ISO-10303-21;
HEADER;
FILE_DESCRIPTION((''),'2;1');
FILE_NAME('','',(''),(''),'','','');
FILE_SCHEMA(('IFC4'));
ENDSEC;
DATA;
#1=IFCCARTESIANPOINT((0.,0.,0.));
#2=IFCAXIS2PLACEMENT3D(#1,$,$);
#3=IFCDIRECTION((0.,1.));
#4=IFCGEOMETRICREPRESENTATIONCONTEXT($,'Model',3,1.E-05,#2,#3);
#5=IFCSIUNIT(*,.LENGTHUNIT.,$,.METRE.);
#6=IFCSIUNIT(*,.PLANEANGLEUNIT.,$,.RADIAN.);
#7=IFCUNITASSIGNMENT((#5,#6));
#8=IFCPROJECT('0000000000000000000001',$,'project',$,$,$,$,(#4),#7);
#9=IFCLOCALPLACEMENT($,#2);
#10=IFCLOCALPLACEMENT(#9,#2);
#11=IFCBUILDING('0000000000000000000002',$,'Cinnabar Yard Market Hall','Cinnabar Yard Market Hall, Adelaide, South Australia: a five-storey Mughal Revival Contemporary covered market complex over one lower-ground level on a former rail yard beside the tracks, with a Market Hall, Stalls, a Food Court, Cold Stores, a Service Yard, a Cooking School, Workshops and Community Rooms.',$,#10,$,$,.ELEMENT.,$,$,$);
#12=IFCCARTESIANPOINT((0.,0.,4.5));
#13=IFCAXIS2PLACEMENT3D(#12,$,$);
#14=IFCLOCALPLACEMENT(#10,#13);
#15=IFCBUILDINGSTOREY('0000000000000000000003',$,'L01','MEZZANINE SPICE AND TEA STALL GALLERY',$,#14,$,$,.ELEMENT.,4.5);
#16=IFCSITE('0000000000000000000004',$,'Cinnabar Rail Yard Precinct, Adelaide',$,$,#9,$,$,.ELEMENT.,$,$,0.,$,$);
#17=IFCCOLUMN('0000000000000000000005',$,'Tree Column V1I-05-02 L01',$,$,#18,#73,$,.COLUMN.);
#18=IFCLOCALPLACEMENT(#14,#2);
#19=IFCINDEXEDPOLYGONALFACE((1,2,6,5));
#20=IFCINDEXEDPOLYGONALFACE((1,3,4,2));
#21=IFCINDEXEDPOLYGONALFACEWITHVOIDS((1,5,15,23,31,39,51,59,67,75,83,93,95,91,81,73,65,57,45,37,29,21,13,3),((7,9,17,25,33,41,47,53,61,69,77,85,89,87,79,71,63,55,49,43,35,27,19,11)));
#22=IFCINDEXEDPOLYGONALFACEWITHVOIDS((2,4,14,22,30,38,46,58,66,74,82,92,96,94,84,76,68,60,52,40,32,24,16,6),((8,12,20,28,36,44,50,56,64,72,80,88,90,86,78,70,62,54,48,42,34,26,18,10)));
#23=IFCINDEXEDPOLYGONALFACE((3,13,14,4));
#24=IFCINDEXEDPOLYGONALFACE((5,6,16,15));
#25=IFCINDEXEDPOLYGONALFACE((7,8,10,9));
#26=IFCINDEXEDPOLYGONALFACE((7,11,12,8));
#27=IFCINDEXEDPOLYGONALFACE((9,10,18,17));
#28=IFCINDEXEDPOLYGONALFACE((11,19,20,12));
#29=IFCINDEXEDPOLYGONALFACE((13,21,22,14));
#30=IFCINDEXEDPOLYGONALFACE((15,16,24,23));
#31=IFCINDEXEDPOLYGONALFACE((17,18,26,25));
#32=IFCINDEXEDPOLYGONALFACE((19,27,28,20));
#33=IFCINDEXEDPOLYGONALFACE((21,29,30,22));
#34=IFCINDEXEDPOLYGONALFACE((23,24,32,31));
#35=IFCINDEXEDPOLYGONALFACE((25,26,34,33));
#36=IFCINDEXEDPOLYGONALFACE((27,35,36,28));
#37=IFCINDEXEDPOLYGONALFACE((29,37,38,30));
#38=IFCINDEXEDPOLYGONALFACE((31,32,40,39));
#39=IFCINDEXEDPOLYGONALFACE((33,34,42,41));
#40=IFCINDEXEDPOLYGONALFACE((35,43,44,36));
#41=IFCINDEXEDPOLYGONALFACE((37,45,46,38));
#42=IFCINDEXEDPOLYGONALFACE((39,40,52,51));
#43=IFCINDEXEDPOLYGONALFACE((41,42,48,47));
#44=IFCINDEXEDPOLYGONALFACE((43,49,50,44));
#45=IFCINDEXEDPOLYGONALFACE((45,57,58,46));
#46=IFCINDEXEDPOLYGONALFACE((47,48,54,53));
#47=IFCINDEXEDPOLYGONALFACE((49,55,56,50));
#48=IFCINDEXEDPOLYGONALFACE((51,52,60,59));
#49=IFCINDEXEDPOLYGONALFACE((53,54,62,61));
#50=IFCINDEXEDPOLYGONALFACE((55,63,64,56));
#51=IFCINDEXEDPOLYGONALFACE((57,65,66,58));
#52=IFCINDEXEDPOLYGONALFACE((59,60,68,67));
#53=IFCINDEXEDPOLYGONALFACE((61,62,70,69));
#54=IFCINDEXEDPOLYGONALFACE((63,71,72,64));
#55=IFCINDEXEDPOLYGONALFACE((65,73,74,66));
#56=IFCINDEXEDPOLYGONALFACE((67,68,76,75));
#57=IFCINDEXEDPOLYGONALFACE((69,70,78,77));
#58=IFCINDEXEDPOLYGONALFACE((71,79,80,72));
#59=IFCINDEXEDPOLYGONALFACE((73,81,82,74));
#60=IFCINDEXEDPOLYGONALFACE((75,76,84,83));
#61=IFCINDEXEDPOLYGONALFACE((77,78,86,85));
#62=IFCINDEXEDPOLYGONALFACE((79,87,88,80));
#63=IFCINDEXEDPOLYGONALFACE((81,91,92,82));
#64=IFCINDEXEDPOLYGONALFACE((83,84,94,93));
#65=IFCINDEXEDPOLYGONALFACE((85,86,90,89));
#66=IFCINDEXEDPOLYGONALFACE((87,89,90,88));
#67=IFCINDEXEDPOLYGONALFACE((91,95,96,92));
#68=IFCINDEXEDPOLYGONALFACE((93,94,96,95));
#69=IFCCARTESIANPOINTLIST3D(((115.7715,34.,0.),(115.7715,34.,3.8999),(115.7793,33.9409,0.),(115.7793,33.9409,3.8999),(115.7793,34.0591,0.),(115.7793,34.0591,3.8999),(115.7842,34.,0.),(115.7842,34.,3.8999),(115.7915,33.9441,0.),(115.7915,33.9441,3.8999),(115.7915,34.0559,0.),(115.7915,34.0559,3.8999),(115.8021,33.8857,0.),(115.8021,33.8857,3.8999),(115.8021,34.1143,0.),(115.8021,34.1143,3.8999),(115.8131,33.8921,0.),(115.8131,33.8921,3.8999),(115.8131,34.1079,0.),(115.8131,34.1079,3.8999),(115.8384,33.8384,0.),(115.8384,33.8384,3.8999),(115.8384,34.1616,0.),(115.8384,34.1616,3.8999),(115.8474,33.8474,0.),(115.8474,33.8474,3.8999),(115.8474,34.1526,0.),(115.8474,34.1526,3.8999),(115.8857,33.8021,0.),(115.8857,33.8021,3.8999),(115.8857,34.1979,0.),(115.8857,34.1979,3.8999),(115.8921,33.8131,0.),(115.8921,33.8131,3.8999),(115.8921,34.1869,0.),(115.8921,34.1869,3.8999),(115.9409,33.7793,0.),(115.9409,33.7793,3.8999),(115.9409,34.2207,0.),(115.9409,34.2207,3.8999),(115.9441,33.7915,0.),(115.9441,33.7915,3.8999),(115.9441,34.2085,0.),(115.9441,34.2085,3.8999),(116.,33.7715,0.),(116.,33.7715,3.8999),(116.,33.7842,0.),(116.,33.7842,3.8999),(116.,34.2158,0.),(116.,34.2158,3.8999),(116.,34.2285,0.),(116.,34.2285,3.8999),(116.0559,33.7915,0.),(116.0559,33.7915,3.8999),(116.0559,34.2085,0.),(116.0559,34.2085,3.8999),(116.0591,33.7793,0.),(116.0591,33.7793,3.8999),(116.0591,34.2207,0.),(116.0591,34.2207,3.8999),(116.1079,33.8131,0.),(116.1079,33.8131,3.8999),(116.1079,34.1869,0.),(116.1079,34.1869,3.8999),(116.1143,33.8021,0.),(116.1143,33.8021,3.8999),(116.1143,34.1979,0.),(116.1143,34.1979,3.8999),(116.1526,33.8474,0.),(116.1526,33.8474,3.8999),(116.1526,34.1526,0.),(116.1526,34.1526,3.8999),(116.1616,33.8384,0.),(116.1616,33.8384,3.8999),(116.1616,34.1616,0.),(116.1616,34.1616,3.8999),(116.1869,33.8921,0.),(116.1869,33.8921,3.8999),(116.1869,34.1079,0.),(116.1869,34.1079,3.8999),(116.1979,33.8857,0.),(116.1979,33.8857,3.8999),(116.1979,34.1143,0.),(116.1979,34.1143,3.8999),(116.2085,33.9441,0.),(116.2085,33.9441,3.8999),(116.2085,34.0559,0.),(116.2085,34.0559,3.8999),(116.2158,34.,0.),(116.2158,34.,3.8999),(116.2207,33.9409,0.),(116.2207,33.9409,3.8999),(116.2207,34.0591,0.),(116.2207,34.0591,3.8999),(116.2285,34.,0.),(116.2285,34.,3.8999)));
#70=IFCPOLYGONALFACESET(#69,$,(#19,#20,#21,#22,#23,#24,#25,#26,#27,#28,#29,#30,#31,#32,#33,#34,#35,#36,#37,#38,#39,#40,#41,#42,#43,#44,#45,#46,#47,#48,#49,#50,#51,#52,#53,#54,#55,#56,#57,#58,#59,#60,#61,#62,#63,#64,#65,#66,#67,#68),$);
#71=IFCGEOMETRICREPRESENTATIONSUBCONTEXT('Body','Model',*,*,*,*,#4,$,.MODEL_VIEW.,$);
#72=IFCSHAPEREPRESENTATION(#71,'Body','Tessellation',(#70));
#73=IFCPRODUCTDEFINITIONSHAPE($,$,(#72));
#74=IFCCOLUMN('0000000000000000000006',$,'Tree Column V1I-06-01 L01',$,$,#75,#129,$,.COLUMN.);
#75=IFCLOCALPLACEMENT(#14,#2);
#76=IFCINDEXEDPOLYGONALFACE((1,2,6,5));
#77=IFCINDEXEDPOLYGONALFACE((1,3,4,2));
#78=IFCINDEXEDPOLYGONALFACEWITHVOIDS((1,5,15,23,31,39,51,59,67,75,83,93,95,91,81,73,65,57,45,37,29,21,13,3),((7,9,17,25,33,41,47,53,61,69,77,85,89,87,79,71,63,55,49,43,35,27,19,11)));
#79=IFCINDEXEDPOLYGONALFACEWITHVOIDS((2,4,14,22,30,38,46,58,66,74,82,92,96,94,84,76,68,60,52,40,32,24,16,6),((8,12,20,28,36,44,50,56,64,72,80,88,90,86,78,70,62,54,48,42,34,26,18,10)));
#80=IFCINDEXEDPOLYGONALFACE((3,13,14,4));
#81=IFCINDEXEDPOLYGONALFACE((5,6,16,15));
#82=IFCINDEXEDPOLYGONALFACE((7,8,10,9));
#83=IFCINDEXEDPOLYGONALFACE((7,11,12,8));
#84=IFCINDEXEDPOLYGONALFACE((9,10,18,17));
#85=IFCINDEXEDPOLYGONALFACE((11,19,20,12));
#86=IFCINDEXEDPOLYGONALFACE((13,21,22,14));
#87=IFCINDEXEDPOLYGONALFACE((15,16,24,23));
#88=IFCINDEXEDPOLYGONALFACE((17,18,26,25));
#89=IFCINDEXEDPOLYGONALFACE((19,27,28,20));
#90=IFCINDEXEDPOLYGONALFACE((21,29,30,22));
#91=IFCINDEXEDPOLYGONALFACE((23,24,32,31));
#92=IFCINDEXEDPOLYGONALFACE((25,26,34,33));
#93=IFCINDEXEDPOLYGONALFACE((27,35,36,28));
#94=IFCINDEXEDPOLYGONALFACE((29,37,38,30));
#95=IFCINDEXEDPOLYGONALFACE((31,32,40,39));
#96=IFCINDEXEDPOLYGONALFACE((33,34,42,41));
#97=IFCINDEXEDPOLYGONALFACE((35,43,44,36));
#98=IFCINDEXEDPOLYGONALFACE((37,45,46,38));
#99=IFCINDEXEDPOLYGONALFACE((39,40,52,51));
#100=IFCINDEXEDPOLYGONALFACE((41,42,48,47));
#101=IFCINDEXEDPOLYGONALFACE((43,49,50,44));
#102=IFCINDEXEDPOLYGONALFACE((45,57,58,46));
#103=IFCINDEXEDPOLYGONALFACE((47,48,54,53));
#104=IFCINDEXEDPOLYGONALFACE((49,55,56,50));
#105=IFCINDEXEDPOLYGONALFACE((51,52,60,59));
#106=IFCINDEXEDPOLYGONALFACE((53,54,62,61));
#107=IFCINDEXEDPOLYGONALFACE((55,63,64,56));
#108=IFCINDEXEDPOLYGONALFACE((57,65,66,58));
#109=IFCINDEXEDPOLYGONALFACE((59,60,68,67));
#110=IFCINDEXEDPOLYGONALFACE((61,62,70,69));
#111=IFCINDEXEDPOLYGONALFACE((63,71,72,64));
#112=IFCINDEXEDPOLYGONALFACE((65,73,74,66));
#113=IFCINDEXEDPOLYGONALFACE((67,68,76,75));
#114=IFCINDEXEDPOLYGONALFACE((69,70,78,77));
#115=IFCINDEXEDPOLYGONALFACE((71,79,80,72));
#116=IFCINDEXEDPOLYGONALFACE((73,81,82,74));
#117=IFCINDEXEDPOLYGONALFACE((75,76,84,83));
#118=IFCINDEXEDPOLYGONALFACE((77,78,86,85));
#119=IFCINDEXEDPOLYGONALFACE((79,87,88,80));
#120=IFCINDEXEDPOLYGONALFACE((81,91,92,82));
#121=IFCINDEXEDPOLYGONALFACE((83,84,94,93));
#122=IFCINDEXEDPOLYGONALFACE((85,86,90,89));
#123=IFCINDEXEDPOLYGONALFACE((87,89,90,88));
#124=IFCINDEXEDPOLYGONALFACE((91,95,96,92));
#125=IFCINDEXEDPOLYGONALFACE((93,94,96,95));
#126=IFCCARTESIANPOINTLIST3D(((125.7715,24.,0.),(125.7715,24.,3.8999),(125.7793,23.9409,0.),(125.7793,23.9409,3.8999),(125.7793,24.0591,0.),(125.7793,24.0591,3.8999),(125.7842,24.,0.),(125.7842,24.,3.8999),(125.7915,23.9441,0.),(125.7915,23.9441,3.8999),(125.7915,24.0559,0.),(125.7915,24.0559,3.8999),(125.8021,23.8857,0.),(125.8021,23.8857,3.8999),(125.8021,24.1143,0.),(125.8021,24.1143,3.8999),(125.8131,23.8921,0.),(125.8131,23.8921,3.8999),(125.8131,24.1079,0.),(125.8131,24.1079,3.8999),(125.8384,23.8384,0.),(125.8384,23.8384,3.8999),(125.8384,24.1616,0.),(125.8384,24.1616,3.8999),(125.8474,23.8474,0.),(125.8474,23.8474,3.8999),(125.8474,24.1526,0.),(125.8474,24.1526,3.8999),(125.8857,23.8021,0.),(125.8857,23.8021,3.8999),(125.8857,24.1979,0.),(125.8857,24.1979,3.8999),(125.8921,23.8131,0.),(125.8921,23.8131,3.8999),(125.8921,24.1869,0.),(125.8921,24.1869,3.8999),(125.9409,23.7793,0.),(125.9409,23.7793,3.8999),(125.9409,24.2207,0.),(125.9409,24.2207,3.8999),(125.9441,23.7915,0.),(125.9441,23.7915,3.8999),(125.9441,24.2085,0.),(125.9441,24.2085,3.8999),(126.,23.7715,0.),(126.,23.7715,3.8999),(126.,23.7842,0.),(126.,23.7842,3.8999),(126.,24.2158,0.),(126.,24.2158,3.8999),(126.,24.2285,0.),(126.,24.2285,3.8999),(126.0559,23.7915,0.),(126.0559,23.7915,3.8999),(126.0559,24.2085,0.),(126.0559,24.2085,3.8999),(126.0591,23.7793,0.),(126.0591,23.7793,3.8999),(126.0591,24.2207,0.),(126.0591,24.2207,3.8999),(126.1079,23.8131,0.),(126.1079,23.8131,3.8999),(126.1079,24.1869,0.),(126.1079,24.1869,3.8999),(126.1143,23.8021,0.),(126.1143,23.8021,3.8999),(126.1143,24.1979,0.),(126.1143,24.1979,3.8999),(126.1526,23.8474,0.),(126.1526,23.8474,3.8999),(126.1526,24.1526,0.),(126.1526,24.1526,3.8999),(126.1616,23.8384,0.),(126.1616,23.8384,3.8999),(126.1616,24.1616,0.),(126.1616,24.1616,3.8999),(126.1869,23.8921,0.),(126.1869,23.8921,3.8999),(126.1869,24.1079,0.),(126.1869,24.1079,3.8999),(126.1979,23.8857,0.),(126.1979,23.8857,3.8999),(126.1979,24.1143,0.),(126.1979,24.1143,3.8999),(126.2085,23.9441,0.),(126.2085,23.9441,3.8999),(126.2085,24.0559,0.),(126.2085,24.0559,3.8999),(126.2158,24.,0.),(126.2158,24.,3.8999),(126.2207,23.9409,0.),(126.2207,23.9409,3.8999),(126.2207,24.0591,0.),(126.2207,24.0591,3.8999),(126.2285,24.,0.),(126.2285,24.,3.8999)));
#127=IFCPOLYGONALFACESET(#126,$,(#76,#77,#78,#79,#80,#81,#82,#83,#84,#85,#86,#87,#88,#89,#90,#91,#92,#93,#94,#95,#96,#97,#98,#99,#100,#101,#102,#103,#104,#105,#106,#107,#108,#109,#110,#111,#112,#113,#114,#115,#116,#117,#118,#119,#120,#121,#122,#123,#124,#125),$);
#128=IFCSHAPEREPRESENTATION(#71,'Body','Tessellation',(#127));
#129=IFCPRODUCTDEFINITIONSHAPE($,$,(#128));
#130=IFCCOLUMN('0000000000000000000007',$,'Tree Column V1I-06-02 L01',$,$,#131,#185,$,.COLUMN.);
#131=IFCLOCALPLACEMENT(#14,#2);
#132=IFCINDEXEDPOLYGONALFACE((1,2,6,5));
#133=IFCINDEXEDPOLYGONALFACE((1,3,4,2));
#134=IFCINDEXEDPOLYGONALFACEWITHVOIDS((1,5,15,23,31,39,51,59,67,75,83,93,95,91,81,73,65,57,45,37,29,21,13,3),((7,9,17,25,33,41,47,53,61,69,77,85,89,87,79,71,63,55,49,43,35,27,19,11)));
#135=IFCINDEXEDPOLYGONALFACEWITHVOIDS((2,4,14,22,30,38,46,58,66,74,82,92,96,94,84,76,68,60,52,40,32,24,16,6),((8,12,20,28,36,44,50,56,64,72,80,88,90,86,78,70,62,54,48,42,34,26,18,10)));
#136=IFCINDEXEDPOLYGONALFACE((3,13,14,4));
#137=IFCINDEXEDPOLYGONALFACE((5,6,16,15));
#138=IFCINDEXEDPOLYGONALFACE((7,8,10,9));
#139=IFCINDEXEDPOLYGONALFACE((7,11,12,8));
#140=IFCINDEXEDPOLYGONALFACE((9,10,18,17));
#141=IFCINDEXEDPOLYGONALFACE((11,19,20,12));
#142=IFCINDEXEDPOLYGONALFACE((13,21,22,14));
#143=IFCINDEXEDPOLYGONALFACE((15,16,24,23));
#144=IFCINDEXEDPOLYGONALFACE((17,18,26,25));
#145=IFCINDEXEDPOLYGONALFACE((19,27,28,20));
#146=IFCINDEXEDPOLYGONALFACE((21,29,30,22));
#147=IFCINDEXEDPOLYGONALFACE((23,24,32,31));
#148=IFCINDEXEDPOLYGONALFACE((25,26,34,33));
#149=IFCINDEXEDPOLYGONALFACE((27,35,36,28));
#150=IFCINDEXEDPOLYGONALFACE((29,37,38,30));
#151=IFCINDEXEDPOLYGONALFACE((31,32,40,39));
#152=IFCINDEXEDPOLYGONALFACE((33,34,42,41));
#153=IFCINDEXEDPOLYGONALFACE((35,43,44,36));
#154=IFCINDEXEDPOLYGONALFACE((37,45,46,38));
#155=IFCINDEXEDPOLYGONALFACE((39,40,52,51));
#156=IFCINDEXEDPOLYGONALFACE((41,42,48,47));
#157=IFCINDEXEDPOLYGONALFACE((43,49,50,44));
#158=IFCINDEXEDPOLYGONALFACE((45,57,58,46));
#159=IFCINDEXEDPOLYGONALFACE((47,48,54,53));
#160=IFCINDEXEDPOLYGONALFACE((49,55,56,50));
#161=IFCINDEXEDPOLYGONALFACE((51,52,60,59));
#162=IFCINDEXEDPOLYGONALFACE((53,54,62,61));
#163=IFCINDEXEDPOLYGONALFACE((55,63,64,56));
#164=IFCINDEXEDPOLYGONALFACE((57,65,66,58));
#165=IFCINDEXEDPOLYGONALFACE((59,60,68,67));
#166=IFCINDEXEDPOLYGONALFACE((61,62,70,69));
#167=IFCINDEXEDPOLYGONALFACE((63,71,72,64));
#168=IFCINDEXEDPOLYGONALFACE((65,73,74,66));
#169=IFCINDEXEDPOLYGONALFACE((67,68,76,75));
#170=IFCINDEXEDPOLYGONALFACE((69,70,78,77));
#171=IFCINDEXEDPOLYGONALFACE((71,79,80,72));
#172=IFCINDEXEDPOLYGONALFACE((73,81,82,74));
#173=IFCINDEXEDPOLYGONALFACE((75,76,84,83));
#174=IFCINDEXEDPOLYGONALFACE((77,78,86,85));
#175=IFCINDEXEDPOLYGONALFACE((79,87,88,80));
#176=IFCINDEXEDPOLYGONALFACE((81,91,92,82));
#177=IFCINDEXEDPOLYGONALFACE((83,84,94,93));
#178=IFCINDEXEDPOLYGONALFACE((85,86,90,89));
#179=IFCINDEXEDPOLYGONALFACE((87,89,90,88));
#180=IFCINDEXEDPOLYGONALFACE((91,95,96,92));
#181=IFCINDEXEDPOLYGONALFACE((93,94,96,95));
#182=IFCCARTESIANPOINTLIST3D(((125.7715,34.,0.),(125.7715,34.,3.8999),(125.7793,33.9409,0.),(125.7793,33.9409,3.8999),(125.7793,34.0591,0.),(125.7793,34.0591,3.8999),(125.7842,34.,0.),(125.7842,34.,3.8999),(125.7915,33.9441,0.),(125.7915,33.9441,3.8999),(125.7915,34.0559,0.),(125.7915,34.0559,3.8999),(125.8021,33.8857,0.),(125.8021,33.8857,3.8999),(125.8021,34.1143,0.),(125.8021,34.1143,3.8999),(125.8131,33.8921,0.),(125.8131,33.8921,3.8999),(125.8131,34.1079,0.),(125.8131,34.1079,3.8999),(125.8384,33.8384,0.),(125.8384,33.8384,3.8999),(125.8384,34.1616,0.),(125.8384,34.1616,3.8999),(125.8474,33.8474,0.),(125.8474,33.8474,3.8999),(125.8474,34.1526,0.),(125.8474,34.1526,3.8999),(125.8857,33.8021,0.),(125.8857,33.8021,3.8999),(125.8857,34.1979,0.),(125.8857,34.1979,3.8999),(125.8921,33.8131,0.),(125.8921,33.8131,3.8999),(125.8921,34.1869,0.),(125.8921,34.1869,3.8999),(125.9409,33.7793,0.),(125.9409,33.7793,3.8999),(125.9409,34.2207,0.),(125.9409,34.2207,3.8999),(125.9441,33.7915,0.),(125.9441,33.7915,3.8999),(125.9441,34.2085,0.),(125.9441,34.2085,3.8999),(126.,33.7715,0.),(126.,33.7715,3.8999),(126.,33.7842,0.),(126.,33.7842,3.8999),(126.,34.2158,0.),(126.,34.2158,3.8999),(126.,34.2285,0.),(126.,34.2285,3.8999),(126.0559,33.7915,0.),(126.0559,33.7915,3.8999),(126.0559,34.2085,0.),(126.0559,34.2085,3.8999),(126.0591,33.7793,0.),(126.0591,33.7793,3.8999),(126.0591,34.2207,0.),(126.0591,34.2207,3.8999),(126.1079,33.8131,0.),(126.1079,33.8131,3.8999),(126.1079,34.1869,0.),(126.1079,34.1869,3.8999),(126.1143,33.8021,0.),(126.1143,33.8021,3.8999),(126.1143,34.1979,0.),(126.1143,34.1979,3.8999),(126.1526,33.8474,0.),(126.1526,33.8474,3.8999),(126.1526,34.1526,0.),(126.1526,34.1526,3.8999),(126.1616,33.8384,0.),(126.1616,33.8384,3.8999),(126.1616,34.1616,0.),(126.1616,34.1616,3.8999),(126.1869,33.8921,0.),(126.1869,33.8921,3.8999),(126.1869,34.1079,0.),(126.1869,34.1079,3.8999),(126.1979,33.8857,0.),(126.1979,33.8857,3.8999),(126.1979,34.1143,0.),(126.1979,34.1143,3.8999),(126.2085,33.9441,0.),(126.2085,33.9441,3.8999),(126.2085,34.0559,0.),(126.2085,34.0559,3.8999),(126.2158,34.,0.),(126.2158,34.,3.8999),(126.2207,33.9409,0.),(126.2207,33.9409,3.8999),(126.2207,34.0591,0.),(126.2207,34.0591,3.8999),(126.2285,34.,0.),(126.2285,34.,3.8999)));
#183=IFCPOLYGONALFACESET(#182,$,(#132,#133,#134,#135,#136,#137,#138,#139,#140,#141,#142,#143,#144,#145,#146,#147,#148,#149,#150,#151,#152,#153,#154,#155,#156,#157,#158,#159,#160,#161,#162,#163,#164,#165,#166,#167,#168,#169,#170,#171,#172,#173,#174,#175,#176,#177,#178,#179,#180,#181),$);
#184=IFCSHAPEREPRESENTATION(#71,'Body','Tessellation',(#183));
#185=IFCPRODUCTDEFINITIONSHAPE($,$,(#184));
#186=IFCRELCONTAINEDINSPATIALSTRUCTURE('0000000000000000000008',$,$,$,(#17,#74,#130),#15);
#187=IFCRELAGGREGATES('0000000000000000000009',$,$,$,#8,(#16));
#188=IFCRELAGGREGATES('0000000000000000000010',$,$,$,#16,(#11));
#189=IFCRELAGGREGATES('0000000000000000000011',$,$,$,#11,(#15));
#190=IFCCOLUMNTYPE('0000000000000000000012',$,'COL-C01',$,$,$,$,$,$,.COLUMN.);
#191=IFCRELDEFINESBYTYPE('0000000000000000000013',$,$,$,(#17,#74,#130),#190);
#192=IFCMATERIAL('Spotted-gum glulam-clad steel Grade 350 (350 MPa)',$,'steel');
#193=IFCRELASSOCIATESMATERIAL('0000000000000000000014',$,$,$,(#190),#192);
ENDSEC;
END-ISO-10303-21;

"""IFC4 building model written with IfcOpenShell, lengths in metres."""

from ifc_helpers import new_model, si_unit, direction, frame, origin, origin_2d_with_axis, place, context, subcontext, project, spatial, hollow_circle, extrude, material, material_profile, profile_set, type_object, element, save


model = new_model("IFC4")

# Units and contexts
model_context = context("Model", 3, precision=1e-05, world=origin(), true_north=direction((0.0, 1.0)))
body_context = subcontext(model_context, "Body", "Model", "MODEL_VIEW")
ifc_project = project(units=[si_unit("LENGTHUNIT", "METRE"), si_unit("PLANEANGLEUNIT", "RADIAN")], contexts=[model_context])

# Site, building, storey
site_placement = place(None, origin())
site = spatial("IfcSite", under=ifc_project, at=site_placement, Name="Cinnabar Rail Yard Precinct, Adelaide", CompositionType="ELEMENT", RefElevation=0.0)
building_placement = place(site_placement, origin())
building = spatial("IfcBuilding", under=site, at=building_placement, Name="Cinnabar Yard Market Hall", Description="Cinnabar Yard Market Hall, Adelaide, South Australia: a five-storey Mughal Revival Contemporary covered market complex over one lower-ground level on a former rail yard beside the tracks, with a Market Hall, Stalls, a Food Court, Cold Stores, a Service Yard, a Cooking School, Workshops and Community Rooms.", CompositionType="ELEMENT")
storey_placement = place(building_placement, frame((0.0, 0.0, 4.5)))
storey = spatial("IfcBuildingStorey", under=building, at=storey_placement, Name="L01", Description="MEZZANINE SPICE AND TEA STALL GALLERY", CompositionType="ELEMENT", Elevation=4.5)

# Columns
ifc_material_1 = material(Name="Spotted-gum glulam-clad steel Grade 350 (350 MPa)", Category="steel")
ifc_material_profile_1 = material_profile(ifc_material_1, hollow_circle(Radius=0.2285, WallThickness=0.0127, at=origin_2d_with_axis()), Name="457.0x12.7CHS")
ifc_profile_set_1 = profile_set([ifc_material_profile_1], Name="Spotted-gum glulam-clad steel Grade 350 (350 MPa)")
column_type = type_object("IfcColumnType", Name="COL-C01", PredefinedType="COLUMN", material=ifc_profile_set_1)
for number, where, z_axis, x_axis, name in (
    (1, (116.0, 34.0, 0.0), (0.0, 0.0, 1.0), (1.0, 0.0, 0.0), "Tree Column V1I-05-02 L01"),
    (2, (126.0, 24.0, 0.0), (0.0, 0.0, 1.0), (1.0, 0.0, 0.0), "Tree Column V1I-06-01 L01"),
    (3, (126.0, 34.0, 0.0), (0.0, 0.0, 1.0), (1.0, 0.0, 0.0), "Tree Column V1I-06-02 L01"),
):
    element("IfcColumn", number, at=place(storey_placement, frame(where, z_axis=z_axis, x_axis=x_axis)), inside=storey, type_object=column_type, Name=name, PredefinedType="COLUMN", context=body_context, shape_type="SweptSolid", body=[
        extrude(hollow_circle(Radius=0.2285, WallThickness=0.0127, at=origin_2d_with_axis()), origin(), (0.0, 0.0, 1.0), 3.8999),
    ])

save(model, "model.ifc")
